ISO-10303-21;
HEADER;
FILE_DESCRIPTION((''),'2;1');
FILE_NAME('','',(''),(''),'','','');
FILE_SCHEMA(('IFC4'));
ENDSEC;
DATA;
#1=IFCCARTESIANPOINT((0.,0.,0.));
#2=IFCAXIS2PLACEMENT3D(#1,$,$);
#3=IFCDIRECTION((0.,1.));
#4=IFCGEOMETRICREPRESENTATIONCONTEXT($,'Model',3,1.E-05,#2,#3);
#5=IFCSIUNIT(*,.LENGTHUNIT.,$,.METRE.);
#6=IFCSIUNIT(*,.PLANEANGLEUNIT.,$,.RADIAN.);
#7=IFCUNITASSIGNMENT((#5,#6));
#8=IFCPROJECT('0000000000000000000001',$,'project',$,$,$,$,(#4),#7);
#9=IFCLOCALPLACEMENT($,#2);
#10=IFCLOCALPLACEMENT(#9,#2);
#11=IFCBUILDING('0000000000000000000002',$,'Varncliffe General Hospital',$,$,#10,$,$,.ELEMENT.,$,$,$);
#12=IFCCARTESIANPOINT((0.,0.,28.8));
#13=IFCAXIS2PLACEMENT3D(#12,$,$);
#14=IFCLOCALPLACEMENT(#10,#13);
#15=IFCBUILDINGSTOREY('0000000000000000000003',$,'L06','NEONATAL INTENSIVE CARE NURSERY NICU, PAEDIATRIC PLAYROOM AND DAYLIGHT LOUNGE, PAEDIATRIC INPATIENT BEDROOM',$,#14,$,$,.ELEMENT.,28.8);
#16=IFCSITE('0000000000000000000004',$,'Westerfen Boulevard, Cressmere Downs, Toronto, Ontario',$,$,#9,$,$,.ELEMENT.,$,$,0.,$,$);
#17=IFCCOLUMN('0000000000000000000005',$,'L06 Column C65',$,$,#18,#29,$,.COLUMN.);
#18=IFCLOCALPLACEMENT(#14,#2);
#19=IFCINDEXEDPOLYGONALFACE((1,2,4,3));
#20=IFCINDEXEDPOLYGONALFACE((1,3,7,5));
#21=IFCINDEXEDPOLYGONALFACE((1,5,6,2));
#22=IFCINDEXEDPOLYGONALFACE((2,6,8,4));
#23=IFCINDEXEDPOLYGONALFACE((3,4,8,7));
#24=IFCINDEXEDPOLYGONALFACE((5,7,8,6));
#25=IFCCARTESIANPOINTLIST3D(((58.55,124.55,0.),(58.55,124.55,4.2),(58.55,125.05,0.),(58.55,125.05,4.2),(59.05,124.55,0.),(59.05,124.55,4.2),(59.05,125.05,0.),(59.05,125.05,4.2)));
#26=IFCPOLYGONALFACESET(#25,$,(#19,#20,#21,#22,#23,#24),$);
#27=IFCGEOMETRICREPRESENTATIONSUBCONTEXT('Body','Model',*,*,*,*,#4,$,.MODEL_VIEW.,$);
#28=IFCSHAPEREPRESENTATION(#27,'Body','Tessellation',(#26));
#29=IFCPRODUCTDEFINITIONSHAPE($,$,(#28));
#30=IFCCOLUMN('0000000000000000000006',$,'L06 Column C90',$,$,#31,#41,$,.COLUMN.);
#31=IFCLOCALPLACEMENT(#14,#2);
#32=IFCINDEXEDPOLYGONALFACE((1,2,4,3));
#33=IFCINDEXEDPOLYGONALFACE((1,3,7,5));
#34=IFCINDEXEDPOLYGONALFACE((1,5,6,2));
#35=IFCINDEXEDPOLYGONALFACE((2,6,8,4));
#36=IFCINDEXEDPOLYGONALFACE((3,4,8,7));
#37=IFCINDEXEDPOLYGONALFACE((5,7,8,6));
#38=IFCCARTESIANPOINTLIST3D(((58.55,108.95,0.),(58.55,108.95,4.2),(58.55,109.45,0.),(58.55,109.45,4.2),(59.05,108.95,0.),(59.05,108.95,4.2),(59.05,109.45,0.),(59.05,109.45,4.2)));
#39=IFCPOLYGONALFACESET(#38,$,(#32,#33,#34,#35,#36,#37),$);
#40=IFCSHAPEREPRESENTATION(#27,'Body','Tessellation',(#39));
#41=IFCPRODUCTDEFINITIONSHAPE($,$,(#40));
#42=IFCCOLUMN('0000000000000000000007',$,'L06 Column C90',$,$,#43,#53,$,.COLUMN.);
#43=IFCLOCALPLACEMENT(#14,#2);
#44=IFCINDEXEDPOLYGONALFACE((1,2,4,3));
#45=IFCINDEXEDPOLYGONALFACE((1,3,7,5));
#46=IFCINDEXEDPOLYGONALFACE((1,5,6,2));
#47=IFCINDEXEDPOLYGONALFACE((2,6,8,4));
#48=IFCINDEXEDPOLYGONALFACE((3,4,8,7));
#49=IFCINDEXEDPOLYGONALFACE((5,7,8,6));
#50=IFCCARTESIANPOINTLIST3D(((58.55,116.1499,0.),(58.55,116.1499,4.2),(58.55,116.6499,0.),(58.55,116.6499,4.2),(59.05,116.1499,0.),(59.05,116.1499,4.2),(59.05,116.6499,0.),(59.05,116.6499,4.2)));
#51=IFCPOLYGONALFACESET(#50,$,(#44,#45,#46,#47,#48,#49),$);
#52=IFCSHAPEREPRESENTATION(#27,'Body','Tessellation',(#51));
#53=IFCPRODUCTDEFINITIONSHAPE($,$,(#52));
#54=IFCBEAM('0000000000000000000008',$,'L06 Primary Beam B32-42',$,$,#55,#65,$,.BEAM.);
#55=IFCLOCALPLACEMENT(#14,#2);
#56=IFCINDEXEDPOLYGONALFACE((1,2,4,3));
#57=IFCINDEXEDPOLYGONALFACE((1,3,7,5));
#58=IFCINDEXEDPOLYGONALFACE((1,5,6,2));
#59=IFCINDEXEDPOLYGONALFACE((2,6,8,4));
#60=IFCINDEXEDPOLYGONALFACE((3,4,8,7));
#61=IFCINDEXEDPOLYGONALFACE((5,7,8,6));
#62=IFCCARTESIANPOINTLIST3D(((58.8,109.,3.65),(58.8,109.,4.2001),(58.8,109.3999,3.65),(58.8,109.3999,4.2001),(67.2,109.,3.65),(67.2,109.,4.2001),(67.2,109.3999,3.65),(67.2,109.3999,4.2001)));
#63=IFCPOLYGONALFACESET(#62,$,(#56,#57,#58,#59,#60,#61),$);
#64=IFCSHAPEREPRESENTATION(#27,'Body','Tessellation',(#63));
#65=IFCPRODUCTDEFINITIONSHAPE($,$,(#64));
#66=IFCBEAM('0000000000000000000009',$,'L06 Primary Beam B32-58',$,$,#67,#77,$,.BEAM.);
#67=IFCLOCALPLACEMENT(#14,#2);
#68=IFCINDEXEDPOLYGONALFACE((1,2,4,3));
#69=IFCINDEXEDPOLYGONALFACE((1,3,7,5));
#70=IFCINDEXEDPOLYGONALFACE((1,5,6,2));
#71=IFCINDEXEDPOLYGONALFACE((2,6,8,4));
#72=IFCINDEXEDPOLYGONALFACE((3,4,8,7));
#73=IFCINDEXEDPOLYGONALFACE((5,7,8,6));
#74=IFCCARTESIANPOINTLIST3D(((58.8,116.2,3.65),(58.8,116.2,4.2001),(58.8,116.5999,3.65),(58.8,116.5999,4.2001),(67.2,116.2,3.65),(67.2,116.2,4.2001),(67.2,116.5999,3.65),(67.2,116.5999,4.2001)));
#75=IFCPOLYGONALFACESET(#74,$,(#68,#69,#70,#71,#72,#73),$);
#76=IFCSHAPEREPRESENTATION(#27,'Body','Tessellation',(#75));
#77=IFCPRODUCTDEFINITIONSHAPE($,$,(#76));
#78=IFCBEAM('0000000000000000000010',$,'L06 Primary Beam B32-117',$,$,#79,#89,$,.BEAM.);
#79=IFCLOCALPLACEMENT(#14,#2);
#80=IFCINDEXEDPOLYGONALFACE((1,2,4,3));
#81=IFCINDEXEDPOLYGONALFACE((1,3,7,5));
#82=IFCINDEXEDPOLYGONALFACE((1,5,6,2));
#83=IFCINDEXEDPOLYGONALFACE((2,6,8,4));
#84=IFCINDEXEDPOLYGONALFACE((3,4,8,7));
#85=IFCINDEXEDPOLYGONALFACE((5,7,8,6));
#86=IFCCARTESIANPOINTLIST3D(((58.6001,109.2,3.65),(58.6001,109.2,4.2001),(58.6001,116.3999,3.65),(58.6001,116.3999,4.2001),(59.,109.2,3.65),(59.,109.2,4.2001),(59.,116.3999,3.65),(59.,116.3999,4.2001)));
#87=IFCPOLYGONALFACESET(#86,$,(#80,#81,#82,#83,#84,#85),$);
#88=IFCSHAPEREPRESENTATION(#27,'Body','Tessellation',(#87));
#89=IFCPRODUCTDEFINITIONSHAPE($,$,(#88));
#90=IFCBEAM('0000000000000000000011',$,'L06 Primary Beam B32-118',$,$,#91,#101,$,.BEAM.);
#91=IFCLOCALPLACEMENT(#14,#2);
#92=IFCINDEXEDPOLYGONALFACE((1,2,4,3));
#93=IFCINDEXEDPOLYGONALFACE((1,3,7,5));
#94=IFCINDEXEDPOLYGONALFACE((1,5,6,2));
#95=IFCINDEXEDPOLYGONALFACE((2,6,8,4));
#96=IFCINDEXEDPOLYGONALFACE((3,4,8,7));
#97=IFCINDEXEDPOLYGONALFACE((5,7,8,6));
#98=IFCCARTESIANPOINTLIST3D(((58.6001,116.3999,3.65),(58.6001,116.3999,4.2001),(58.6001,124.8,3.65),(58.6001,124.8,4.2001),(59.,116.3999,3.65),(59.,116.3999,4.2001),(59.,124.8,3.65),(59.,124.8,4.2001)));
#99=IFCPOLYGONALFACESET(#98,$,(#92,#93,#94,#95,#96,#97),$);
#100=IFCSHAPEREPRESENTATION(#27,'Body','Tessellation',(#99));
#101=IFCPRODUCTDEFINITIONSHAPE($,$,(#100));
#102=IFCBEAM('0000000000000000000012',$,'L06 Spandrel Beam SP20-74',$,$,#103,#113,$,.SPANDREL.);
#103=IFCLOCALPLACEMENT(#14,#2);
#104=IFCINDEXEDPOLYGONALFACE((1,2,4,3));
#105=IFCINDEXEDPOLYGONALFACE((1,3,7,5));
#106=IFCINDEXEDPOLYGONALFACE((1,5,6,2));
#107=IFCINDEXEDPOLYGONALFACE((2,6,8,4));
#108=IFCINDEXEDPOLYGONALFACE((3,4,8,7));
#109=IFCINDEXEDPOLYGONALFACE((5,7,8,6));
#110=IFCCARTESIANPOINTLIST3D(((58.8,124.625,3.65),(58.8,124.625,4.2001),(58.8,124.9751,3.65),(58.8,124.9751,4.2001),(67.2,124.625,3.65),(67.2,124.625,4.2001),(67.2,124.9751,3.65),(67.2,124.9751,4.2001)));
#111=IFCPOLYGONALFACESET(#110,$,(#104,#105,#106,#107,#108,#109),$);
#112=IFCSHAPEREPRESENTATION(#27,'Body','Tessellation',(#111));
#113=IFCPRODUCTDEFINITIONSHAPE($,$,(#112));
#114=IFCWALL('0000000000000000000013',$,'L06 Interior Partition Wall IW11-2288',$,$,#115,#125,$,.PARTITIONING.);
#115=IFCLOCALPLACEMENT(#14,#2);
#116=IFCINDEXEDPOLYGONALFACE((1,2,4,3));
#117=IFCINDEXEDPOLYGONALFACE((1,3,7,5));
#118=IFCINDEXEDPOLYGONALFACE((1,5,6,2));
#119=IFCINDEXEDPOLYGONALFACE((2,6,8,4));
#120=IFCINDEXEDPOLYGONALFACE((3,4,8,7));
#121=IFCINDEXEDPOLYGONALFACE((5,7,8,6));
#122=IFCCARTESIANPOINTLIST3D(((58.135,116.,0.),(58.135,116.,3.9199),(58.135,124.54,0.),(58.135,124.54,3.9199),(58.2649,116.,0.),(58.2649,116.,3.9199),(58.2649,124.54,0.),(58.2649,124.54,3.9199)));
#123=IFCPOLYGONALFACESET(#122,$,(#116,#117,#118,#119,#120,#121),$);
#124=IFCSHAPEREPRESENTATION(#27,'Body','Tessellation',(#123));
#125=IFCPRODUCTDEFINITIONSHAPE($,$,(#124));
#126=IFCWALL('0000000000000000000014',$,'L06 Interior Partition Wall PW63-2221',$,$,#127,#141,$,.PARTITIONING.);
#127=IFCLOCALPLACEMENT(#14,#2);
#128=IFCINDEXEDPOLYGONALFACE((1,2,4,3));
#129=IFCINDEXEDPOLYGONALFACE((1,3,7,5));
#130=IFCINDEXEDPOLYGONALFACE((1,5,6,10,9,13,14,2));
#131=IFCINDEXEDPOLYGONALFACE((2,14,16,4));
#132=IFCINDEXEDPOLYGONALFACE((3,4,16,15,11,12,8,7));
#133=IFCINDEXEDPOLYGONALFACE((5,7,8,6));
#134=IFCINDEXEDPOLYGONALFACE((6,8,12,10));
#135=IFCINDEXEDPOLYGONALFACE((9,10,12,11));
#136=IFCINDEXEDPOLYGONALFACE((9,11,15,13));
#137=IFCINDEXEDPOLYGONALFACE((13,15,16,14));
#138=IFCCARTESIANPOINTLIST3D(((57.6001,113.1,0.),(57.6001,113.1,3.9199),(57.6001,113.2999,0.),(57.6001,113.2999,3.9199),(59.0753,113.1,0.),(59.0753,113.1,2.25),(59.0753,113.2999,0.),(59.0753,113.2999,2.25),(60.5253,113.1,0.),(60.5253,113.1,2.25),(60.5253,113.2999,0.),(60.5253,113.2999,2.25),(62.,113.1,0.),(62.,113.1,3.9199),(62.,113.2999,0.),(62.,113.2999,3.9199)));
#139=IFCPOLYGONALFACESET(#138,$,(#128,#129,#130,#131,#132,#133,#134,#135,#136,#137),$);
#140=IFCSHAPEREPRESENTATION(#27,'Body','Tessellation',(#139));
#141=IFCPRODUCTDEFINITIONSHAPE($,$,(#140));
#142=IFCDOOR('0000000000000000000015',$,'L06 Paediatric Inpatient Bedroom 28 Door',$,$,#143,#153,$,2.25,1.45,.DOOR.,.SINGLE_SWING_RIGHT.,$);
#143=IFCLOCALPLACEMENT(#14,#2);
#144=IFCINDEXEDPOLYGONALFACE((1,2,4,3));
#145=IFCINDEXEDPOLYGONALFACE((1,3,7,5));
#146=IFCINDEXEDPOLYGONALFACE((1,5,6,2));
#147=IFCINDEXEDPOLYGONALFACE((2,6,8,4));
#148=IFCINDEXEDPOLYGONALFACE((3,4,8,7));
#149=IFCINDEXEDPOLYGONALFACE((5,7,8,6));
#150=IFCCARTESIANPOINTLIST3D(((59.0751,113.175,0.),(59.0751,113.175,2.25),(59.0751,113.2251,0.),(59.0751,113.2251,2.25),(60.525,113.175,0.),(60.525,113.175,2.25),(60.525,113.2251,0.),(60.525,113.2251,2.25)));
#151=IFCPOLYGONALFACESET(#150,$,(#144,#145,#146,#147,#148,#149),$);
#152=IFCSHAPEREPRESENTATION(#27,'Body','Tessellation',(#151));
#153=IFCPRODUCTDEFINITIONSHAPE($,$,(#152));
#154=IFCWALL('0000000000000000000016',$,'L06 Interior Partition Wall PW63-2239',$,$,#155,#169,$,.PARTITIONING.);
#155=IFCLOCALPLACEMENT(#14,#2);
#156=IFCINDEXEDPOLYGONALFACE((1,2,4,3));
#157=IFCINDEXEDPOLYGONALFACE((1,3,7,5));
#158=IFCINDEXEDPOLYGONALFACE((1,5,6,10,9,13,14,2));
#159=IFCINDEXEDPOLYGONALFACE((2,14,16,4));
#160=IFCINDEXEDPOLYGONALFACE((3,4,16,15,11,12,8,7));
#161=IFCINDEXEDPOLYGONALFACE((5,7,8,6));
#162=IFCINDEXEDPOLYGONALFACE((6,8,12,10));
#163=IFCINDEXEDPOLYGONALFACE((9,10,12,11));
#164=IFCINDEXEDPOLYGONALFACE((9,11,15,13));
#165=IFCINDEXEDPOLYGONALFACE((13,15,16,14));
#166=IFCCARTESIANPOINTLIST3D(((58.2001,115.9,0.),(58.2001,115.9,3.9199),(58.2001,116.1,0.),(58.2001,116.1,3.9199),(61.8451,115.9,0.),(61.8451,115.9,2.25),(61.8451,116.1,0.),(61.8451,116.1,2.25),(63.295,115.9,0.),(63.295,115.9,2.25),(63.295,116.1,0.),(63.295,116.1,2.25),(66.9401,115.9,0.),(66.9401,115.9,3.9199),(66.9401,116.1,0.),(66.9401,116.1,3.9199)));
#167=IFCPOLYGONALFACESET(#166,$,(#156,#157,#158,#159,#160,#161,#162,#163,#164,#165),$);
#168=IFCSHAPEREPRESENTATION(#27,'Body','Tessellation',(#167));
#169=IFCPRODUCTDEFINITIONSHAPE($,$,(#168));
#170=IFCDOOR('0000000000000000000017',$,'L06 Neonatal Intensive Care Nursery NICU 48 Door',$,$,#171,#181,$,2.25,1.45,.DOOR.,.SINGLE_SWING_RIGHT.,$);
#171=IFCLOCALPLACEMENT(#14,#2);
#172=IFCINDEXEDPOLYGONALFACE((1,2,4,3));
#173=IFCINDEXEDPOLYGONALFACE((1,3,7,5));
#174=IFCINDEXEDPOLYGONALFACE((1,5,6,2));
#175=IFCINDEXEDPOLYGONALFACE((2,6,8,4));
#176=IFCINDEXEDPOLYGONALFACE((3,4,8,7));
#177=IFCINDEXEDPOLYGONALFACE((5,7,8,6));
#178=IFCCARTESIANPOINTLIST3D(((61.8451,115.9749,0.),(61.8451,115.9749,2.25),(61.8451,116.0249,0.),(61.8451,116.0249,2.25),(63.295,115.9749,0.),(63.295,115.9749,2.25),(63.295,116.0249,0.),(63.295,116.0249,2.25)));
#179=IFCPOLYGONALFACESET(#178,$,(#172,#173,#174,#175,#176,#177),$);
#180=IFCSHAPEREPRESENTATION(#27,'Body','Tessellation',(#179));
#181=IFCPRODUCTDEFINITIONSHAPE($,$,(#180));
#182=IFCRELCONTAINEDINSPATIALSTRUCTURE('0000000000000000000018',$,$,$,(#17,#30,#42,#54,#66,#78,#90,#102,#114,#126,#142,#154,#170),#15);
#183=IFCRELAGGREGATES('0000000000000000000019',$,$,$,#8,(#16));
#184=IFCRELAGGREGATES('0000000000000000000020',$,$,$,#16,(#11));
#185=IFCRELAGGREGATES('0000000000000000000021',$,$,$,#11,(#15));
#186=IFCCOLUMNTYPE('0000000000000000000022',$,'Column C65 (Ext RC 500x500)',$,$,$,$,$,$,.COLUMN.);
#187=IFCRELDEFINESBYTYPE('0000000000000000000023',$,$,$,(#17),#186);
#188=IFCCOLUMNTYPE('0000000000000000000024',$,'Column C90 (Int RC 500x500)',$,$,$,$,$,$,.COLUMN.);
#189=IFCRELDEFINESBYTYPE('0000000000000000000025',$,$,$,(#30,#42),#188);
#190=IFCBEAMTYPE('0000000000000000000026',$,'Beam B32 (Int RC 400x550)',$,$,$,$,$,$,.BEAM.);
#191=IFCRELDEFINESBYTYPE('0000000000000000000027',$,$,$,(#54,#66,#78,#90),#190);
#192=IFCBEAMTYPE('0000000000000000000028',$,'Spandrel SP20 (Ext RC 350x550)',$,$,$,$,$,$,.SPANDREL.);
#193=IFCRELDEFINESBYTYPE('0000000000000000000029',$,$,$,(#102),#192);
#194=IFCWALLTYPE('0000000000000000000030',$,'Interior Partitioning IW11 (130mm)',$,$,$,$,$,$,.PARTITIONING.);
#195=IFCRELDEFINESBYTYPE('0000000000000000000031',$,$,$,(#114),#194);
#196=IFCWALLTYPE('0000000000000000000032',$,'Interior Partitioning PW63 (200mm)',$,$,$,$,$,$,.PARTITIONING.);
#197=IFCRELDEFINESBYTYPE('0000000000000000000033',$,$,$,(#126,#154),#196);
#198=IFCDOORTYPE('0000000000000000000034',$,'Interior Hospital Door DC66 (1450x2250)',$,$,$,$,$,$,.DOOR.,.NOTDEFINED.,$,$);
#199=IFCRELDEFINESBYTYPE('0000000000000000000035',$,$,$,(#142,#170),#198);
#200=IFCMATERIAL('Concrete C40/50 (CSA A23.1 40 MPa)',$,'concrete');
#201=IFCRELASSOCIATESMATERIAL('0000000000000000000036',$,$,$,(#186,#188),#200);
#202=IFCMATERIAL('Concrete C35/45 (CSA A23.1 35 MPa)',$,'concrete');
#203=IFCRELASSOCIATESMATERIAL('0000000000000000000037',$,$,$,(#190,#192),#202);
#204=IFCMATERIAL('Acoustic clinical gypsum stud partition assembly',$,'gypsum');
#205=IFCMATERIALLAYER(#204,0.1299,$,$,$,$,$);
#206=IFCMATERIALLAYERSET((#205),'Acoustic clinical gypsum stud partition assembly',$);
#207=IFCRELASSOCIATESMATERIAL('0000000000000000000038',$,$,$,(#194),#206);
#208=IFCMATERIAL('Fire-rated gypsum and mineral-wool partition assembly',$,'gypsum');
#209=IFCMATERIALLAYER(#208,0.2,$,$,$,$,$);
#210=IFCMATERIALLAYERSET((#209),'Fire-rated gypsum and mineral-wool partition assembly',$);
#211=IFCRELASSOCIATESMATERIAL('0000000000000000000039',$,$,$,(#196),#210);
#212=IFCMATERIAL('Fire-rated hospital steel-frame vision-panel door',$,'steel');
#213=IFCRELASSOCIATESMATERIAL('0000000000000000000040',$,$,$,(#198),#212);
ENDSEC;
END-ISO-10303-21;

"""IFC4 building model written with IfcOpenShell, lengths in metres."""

from ifc_helpers import new_model, si_unit, direction, frame, frame_2d, origin, origin_2d, place, context, subcontext, project, spatial, rectangle, extrude, material, layer, layer_set, material_profile, profile_set, type_object, element, fill, save


model = new_model("IFC4")

# Units and contexts
model_context = context("Model", 3, precision=1e-05, world=origin(), true_north=direction((0.0, 1.0)))
body_context = subcontext(model_context, "Body", "Model", "MODEL_VIEW")
ifc_project = project(units=[si_unit("LENGTHUNIT", "METRE"), si_unit("PLANEANGLEUNIT", "RADIAN")], contexts=[model_context])

# Site, building, storey
site_placement = place(None, origin())
site = spatial("IfcSite", under=ifc_project, at=site_placement, Name="Westerfen Boulevard, Cressmere Downs, Toronto, Ontario", CompositionType="ELEMENT", RefElevation=0.0)
building_placement = place(site_placement, origin())
building = spatial("IfcBuilding", under=site, at=building_placement, Name="Varncliffe General Hospital", CompositionType="ELEMENT")
storey_placement = place(building_placement, frame((0.0, 0.0, 28.8)))
storey = spatial("IfcBuildingStorey", under=building, at=storey_placement, Name="L06", Description="NEONATAL INTENSIVE CARE NURSERY NICU, PAEDIATRIC PLAYROOM AND DAYLIGHT LOUNGE, PAEDIATRIC INPATIENT BEDROOM", CompositionType="ELEMENT", Elevation=28.8)

# Columns
ifc_material_1 = material(Name="Concrete C40/50 (CSA A23.1 40 MPa)", Category="concrete")
ifc_material_profile_1 = material_profile(ifc_material_1, rectangle(XDim=0.5, YDim=0.5, at=origin_2d()), Name="RC 500x500")
ifc_profile_set_1 = profile_set([ifc_material_profile_1], Name="Concrete C40/50 (CSA A23.1 40 MPa)")
column_type_1 = type_object("IfcColumnType", Name="Column C65 (Ext RC 500x500)", PredefinedType="COLUMN", material=ifc_profile_set_1)
column_placement = place(storey_placement, frame((58.8, 124.8, 0.0), z_axis=(0.0, 0.0, 1.0), x_axis=(1.0, 0.0, 0.0)))
element("IfcColumn", 1, at=column_placement, inside=storey, type_object=column_type_1, Name="L06 Column C65", PredefinedType="COLUMN", context=body_context, shape_type="SweptSolid", body=[
    extrude(rectangle(XDim=0.5, YDim=0.5, at=origin_2d()), origin(), (0.0, 0.0, 1.0), 4.2),
])
ifc_material_profile_2 = material_profile(ifc_material_1, rectangle(XDim=0.5, YDim=0.5, at=origin_2d()), Name="RC 500x500")
ifc_profile_set_2 = profile_set([ifc_material_profile_2], Name="Concrete C40/50 (CSA A23.1 40 MPa)")
column_type_2 = type_object("IfcColumnType", Name="Column C90 (Int RC 500x500)", PredefinedType="COLUMN", material=ifc_profile_set_2)
for number, where, z_axis, x_axis, name in (
    (2, (58.8, 109.2, 0.0), (0.0, 0.0, 1.0), (1.0, 0.0, 0.0), "L06 Column C90"),
    (3, (58.8, 116.3999, 0.0), (0.0, 0.0, 1.0), (1.0, 0.0, 0.0), "L06 Column C90"),
):
    element("IfcColumn", number, at=place(storey_placement, frame(where, z_axis=z_axis, x_axis=x_axis)), inside=storey, type_object=column_type_2, Name=name, PredefinedType="COLUMN", context=body_context, shape_type="SweptSolid", body=[
        extrude(rectangle(XDim=0.5, YDim=0.5, at=origin_2d()), origin(), (0.0, 0.0, 1.0), 4.2),
    ])

# Beams
ifc_material_2 = material(Name="Concrete C35/45 (CSA A23.1 35 MPa)", Category="concrete")
ifc_material_profile_3 = material_profile(ifc_material_2, rectangle(XDim=0.3999, YDim=0.55, at=origin_2d()), Name="RC 400x550")
ifc_profile_set_3 = profile_set([ifc_material_profile_3], Name="Concrete C35/45 (CSA A23.1 35 MPa)")
beam_type_1 = type_object("IfcBeamType", Name="Beam B32 (Int RC 400x550)", PredefinedType="BEAM", material=ifc_profile_set_3)
for number, where, z_axis, x_axis, name in (
    (4, (58.8, 109.2, 3.925), (1.0, 0.0, 0.0), (0.0, 1.0, 0.0), "L06 Primary Beam B32-42"),
    (5, (58.8, 116.3999, 3.925), (1.0, 0.0, 0.0), (0.0, 1.0, 0.0), "L06 Primary Beam B32-58"),
):
    element("IfcBeam", number, at=place(storey_placement, frame(where, z_axis=z_axis, x_axis=x_axis)), inside=storey, type_object=beam_type_1, Name=name, PredefinedType="BEAM", context=body_context, shape_type="SweptSolid", body=[
        extrude(rectangle(XDim=0.3999, YDim=0.55, at=origin_2d()), origin(), (0.0, 0.0, 1.0), 8.3999),
    ])
beam_1_placement = place(storey_placement, frame((58.8, 109.2, 3.925), z_axis=(0.0, 1.0, 0.0), x_axis=(-1.0, 0.0, 0.0)))
element("IfcBeam", 6, at=beam_1_placement, inside=storey, type_object=beam_type_1, Name="L06 Primary Beam B32-117", PredefinedType="BEAM", context=body_context, shape_type="SweptSolid", body=[
    extrude(rectangle(XDim=0.3999, YDim=0.55, at=origin_2d()), origin(), (0.0, 0.0, 1.0), 7.2),
])
beam_2_placement = place(storey_placement, frame((58.8, 116.3999, 3.925), z_axis=(0.0, 1.0, 0.0), x_axis=(-1.0, 0.0, 0.0)))
element("IfcBeam", 7, at=beam_2_placement, inside=storey, type_object=beam_type_1, Name="L06 Primary Beam B32-118", PredefinedType="BEAM", context=body_context, shape_type="SweptSolid", body=[
    extrude(rectangle(XDim=0.3999, YDim=0.55, at=origin_2d()), origin(), (0.0, 0.0, 1.0), 8.4001),
])
ifc_material_profile_4 = material_profile(ifc_material_2, rectangle(XDim=0.3501, YDim=0.55, at=origin_2d()), Name="RC 350x550")
ifc_profile_set_4 = profile_set([ifc_material_profile_4], Name="Concrete C35/45 (CSA A23.1 35 MPa)")
beam_type_2 = type_object("IfcBeamType", Name="Spandrel SP20 (Ext RC 350x550)", PredefinedType="SPANDREL", material=ifc_profile_set_4)
beam_3_placement = place(storey_placement, frame((58.8, 124.8, 3.925), z_axis=(1.0, 0.0, 0.0), x_axis=(0.0, 1.0, 0.0)))
element("IfcBeam", 8, at=beam_3_placement, inside=storey, type_object=beam_type_2, Name="L06 Spandrel Beam SP20-74", PredefinedType="SPANDREL", context=body_context, shape_type="SweptSolid", body=[
    extrude(rectangle(XDim=0.3501, YDim=0.55, at=origin_2d()), origin(), (0.0, 0.0, 1.0), 8.3999),
])

# Wall
ifc_material_3 = material(Name="Acoustic clinical gypsum stud partition assembly", Category="gypsum")
ifc_layer_1 = layer(ifc_material_3, 0.1299)
ifc_layer_set_1 = layer_set([ifc_layer_1], Name="Acoustic clinical gypsum stud partition assembly")
wall_type_1 = type_object("IfcWallType", Name="Interior Partitioning IW11 (130mm)", PredefinedType="PARTITIONING", material=ifc_layer_set_1)
wall_1_placement = place(storey_placement, frame((58.2, 116.0, 0.0), z_axis=(0.0, 0.0, 1.0), x_axis=(0.0, 1.0, 0.0)))
element("IfcWall", 9, at=wall_1_placement, inside=storey, type_object=wall_type_1, Name="L06 Interior Partition Wall IW11-2288", PredefinedType="PARTITIONING", context=body_context, shape_type="SweptSolid", body=[
    extrude(rectangle(XDim=8.54, YDim=0.1299, at=frame_2d((4.27, 0.0))), origin(), (0.0, 0.0, 1.0), 3.9199),
])

# Walls, openings, doors
ifc_material_4 = material(Name="Fire-rated gypsum and mineral-wool partition assembly", Category="gypsum")
ifc_layer_2 = layer(ifc_material_4, 0.2)
ifc_layer_set_2 = layer_set([ifc_layer_2], Name="Fire-rated gypsum and mineral-wool partition assembly")
wall_type_2 = type_object("IfcWallType", Name="Interior Partitioning PW63 (200mm)", PredefinedType="PARTITIONING", material=ifc_layer_set_2)
wall_2_placement = place(storey_placement, frame((57.6001, 113.2, 0.0), z_axis=(0.0, 0.0, 1.0), x_axis=(1.0, 0.0, 0.0)))
wall_2 = element("IfcWall", 10, at=wall_2_placement, inside=storey, type_object=wall_type_2, Name="L06 Interior Partition Wall PW63-2221", PredefinedType="PARTITIONING", context=body_context, shape_type="SweptSolid", body=[
    extrude(rectangle(XDim=4.3999, YDim=0.2, at=frame_2d((2.2, 0.0))), origin(), (0.0, 0.0, 1.0), 3.9199),
])
opening_1_placement = place(wall_2_placement, frame((1.4751, 0.0, 0.0)))
opening_1 = element("IfcOpeningElement", 11, at=opening_1_placement, cuts=wall_2, PredefinedType="OPENING", context=body_context, shape_type="SweptSolid", body=[
    extrude(rectangle(XDim=1.45, YDim=2.25, at=frame_2d((0.7251, 1.125))), frame((0.0, 0.1099, 0.0), z_axis=(0.0, -1.0, 0.0), x_axis=(1.0, 0.0, 0.0)), (0.0, 0.0, 1.0), 0.22),
])
ifc_material_5 = material(Name="Fire-rated hospital steel-frame vision-panel door", Category="steel")
door_type = type_object("IfcDoorType", Name="Interior Hospital Door DC66 (1450x2250)", OperationType="NOTDEFINED", PredefinedType="DOOR", material=ifc_material_5)
door_1_placement = place(opening_1_placement, frame((1.45, 0.0, 0.0), z_axis=(0.0, 0.0, 1.0), x_axis=(-1.0, 0.0, 0.0)))
door_1 = element("IfcDoor", 12, at=door_1_placement, inside=storey, type_object=door_type, Name="L06 Paediatric Inpatient Bedroom 28 Door", OperationType="SINGLE_SWING_RIGHT", OverallHeight=2.25, OverallWidth=1.45, PredefinedType="DOOR", context=body_context, shape_type="SweptSolid", body=[
    extrude(rectangle(XDim=1.45, YDim=2.25, at=frame_2d((0.7251, 1.125))), frame((0.0, 0.0249, 0.0), z_axis=(0.0, -1.0, 0.0), x_axis=(1.0, 0.0, 0.0)), (0.0, 0.0, 1.0), 0.05),
])
fill(opening_1, door_1)
wall_3_placement = place(storey_placement, frame((58.2, 116.0, 0.0), z_axis=(0.0, 0.0, 1.0), x_axis=(1.0, 0.0, 0.0)))
wall_3 = element("IfcWall", 13, at=wall_3_placement, inside=storey, type_object=wall_type_2, Name="L06 Interior Partition Wall PW63-2239", PredefinedType="PARTITIONING", context=body_context, shape_type="SweptSolid", body=[
    extrude(rectangle(XDim=8.74, YDim=0.2, at=frame_2d((4.3701, 0.0))), origin(), (0.0, 0.0, 1.0), 3.9199),
])
opening_2_placement = place(wall_3_placement, frame((3.645, 0.0, 0.0)))
opening_2 = element("IfcOpeningElement", 14, at=opening_2_placement, cuts=wall_3, PredefinedType="OPENING", context=body_context, shape_type="SweptSolid", body=[
    extrude(rectangle(XDim=1.45, YDim=2.25, at=frame_2d((0.7251, 1.125))), frame((0.0, 0.1099, 0.0), z_axis=(0.0, -1.0, 0.0), x_axis=(1.0, 0.0, 0.0)), (0.0, 0.0, 1.0), 0.22),
])
door_2_placement = place(opening_2_placement, origin())
door_2 = element("IfcDoor", 15, at=door_2_placement, inside=storey, type_object=door_type, Name="L06 Neonatal Intensive Care Nursery NICU 48 Door", OperationType="SINGLE_SWING_RIGHT", OverallHeight=2.25, OverallWidth=1.45, PredefinedType="DOOR", context=body_context, shape_type="SweptSolid", body=[
    extrude(rectangle(XDim=1.45, YDim=2.25, at=frame_2d((0.7251, 1.125))), frame((0.0, 0.0249, 0.0), z_axis=(0.0, -1.0, 0.0), x_axis=(1.0, 0.0, 0.0)), (0.0, 0.0, 1.0), 0.05),
])
fill(opening_2, door_2)

save(model, "model.ifc")
